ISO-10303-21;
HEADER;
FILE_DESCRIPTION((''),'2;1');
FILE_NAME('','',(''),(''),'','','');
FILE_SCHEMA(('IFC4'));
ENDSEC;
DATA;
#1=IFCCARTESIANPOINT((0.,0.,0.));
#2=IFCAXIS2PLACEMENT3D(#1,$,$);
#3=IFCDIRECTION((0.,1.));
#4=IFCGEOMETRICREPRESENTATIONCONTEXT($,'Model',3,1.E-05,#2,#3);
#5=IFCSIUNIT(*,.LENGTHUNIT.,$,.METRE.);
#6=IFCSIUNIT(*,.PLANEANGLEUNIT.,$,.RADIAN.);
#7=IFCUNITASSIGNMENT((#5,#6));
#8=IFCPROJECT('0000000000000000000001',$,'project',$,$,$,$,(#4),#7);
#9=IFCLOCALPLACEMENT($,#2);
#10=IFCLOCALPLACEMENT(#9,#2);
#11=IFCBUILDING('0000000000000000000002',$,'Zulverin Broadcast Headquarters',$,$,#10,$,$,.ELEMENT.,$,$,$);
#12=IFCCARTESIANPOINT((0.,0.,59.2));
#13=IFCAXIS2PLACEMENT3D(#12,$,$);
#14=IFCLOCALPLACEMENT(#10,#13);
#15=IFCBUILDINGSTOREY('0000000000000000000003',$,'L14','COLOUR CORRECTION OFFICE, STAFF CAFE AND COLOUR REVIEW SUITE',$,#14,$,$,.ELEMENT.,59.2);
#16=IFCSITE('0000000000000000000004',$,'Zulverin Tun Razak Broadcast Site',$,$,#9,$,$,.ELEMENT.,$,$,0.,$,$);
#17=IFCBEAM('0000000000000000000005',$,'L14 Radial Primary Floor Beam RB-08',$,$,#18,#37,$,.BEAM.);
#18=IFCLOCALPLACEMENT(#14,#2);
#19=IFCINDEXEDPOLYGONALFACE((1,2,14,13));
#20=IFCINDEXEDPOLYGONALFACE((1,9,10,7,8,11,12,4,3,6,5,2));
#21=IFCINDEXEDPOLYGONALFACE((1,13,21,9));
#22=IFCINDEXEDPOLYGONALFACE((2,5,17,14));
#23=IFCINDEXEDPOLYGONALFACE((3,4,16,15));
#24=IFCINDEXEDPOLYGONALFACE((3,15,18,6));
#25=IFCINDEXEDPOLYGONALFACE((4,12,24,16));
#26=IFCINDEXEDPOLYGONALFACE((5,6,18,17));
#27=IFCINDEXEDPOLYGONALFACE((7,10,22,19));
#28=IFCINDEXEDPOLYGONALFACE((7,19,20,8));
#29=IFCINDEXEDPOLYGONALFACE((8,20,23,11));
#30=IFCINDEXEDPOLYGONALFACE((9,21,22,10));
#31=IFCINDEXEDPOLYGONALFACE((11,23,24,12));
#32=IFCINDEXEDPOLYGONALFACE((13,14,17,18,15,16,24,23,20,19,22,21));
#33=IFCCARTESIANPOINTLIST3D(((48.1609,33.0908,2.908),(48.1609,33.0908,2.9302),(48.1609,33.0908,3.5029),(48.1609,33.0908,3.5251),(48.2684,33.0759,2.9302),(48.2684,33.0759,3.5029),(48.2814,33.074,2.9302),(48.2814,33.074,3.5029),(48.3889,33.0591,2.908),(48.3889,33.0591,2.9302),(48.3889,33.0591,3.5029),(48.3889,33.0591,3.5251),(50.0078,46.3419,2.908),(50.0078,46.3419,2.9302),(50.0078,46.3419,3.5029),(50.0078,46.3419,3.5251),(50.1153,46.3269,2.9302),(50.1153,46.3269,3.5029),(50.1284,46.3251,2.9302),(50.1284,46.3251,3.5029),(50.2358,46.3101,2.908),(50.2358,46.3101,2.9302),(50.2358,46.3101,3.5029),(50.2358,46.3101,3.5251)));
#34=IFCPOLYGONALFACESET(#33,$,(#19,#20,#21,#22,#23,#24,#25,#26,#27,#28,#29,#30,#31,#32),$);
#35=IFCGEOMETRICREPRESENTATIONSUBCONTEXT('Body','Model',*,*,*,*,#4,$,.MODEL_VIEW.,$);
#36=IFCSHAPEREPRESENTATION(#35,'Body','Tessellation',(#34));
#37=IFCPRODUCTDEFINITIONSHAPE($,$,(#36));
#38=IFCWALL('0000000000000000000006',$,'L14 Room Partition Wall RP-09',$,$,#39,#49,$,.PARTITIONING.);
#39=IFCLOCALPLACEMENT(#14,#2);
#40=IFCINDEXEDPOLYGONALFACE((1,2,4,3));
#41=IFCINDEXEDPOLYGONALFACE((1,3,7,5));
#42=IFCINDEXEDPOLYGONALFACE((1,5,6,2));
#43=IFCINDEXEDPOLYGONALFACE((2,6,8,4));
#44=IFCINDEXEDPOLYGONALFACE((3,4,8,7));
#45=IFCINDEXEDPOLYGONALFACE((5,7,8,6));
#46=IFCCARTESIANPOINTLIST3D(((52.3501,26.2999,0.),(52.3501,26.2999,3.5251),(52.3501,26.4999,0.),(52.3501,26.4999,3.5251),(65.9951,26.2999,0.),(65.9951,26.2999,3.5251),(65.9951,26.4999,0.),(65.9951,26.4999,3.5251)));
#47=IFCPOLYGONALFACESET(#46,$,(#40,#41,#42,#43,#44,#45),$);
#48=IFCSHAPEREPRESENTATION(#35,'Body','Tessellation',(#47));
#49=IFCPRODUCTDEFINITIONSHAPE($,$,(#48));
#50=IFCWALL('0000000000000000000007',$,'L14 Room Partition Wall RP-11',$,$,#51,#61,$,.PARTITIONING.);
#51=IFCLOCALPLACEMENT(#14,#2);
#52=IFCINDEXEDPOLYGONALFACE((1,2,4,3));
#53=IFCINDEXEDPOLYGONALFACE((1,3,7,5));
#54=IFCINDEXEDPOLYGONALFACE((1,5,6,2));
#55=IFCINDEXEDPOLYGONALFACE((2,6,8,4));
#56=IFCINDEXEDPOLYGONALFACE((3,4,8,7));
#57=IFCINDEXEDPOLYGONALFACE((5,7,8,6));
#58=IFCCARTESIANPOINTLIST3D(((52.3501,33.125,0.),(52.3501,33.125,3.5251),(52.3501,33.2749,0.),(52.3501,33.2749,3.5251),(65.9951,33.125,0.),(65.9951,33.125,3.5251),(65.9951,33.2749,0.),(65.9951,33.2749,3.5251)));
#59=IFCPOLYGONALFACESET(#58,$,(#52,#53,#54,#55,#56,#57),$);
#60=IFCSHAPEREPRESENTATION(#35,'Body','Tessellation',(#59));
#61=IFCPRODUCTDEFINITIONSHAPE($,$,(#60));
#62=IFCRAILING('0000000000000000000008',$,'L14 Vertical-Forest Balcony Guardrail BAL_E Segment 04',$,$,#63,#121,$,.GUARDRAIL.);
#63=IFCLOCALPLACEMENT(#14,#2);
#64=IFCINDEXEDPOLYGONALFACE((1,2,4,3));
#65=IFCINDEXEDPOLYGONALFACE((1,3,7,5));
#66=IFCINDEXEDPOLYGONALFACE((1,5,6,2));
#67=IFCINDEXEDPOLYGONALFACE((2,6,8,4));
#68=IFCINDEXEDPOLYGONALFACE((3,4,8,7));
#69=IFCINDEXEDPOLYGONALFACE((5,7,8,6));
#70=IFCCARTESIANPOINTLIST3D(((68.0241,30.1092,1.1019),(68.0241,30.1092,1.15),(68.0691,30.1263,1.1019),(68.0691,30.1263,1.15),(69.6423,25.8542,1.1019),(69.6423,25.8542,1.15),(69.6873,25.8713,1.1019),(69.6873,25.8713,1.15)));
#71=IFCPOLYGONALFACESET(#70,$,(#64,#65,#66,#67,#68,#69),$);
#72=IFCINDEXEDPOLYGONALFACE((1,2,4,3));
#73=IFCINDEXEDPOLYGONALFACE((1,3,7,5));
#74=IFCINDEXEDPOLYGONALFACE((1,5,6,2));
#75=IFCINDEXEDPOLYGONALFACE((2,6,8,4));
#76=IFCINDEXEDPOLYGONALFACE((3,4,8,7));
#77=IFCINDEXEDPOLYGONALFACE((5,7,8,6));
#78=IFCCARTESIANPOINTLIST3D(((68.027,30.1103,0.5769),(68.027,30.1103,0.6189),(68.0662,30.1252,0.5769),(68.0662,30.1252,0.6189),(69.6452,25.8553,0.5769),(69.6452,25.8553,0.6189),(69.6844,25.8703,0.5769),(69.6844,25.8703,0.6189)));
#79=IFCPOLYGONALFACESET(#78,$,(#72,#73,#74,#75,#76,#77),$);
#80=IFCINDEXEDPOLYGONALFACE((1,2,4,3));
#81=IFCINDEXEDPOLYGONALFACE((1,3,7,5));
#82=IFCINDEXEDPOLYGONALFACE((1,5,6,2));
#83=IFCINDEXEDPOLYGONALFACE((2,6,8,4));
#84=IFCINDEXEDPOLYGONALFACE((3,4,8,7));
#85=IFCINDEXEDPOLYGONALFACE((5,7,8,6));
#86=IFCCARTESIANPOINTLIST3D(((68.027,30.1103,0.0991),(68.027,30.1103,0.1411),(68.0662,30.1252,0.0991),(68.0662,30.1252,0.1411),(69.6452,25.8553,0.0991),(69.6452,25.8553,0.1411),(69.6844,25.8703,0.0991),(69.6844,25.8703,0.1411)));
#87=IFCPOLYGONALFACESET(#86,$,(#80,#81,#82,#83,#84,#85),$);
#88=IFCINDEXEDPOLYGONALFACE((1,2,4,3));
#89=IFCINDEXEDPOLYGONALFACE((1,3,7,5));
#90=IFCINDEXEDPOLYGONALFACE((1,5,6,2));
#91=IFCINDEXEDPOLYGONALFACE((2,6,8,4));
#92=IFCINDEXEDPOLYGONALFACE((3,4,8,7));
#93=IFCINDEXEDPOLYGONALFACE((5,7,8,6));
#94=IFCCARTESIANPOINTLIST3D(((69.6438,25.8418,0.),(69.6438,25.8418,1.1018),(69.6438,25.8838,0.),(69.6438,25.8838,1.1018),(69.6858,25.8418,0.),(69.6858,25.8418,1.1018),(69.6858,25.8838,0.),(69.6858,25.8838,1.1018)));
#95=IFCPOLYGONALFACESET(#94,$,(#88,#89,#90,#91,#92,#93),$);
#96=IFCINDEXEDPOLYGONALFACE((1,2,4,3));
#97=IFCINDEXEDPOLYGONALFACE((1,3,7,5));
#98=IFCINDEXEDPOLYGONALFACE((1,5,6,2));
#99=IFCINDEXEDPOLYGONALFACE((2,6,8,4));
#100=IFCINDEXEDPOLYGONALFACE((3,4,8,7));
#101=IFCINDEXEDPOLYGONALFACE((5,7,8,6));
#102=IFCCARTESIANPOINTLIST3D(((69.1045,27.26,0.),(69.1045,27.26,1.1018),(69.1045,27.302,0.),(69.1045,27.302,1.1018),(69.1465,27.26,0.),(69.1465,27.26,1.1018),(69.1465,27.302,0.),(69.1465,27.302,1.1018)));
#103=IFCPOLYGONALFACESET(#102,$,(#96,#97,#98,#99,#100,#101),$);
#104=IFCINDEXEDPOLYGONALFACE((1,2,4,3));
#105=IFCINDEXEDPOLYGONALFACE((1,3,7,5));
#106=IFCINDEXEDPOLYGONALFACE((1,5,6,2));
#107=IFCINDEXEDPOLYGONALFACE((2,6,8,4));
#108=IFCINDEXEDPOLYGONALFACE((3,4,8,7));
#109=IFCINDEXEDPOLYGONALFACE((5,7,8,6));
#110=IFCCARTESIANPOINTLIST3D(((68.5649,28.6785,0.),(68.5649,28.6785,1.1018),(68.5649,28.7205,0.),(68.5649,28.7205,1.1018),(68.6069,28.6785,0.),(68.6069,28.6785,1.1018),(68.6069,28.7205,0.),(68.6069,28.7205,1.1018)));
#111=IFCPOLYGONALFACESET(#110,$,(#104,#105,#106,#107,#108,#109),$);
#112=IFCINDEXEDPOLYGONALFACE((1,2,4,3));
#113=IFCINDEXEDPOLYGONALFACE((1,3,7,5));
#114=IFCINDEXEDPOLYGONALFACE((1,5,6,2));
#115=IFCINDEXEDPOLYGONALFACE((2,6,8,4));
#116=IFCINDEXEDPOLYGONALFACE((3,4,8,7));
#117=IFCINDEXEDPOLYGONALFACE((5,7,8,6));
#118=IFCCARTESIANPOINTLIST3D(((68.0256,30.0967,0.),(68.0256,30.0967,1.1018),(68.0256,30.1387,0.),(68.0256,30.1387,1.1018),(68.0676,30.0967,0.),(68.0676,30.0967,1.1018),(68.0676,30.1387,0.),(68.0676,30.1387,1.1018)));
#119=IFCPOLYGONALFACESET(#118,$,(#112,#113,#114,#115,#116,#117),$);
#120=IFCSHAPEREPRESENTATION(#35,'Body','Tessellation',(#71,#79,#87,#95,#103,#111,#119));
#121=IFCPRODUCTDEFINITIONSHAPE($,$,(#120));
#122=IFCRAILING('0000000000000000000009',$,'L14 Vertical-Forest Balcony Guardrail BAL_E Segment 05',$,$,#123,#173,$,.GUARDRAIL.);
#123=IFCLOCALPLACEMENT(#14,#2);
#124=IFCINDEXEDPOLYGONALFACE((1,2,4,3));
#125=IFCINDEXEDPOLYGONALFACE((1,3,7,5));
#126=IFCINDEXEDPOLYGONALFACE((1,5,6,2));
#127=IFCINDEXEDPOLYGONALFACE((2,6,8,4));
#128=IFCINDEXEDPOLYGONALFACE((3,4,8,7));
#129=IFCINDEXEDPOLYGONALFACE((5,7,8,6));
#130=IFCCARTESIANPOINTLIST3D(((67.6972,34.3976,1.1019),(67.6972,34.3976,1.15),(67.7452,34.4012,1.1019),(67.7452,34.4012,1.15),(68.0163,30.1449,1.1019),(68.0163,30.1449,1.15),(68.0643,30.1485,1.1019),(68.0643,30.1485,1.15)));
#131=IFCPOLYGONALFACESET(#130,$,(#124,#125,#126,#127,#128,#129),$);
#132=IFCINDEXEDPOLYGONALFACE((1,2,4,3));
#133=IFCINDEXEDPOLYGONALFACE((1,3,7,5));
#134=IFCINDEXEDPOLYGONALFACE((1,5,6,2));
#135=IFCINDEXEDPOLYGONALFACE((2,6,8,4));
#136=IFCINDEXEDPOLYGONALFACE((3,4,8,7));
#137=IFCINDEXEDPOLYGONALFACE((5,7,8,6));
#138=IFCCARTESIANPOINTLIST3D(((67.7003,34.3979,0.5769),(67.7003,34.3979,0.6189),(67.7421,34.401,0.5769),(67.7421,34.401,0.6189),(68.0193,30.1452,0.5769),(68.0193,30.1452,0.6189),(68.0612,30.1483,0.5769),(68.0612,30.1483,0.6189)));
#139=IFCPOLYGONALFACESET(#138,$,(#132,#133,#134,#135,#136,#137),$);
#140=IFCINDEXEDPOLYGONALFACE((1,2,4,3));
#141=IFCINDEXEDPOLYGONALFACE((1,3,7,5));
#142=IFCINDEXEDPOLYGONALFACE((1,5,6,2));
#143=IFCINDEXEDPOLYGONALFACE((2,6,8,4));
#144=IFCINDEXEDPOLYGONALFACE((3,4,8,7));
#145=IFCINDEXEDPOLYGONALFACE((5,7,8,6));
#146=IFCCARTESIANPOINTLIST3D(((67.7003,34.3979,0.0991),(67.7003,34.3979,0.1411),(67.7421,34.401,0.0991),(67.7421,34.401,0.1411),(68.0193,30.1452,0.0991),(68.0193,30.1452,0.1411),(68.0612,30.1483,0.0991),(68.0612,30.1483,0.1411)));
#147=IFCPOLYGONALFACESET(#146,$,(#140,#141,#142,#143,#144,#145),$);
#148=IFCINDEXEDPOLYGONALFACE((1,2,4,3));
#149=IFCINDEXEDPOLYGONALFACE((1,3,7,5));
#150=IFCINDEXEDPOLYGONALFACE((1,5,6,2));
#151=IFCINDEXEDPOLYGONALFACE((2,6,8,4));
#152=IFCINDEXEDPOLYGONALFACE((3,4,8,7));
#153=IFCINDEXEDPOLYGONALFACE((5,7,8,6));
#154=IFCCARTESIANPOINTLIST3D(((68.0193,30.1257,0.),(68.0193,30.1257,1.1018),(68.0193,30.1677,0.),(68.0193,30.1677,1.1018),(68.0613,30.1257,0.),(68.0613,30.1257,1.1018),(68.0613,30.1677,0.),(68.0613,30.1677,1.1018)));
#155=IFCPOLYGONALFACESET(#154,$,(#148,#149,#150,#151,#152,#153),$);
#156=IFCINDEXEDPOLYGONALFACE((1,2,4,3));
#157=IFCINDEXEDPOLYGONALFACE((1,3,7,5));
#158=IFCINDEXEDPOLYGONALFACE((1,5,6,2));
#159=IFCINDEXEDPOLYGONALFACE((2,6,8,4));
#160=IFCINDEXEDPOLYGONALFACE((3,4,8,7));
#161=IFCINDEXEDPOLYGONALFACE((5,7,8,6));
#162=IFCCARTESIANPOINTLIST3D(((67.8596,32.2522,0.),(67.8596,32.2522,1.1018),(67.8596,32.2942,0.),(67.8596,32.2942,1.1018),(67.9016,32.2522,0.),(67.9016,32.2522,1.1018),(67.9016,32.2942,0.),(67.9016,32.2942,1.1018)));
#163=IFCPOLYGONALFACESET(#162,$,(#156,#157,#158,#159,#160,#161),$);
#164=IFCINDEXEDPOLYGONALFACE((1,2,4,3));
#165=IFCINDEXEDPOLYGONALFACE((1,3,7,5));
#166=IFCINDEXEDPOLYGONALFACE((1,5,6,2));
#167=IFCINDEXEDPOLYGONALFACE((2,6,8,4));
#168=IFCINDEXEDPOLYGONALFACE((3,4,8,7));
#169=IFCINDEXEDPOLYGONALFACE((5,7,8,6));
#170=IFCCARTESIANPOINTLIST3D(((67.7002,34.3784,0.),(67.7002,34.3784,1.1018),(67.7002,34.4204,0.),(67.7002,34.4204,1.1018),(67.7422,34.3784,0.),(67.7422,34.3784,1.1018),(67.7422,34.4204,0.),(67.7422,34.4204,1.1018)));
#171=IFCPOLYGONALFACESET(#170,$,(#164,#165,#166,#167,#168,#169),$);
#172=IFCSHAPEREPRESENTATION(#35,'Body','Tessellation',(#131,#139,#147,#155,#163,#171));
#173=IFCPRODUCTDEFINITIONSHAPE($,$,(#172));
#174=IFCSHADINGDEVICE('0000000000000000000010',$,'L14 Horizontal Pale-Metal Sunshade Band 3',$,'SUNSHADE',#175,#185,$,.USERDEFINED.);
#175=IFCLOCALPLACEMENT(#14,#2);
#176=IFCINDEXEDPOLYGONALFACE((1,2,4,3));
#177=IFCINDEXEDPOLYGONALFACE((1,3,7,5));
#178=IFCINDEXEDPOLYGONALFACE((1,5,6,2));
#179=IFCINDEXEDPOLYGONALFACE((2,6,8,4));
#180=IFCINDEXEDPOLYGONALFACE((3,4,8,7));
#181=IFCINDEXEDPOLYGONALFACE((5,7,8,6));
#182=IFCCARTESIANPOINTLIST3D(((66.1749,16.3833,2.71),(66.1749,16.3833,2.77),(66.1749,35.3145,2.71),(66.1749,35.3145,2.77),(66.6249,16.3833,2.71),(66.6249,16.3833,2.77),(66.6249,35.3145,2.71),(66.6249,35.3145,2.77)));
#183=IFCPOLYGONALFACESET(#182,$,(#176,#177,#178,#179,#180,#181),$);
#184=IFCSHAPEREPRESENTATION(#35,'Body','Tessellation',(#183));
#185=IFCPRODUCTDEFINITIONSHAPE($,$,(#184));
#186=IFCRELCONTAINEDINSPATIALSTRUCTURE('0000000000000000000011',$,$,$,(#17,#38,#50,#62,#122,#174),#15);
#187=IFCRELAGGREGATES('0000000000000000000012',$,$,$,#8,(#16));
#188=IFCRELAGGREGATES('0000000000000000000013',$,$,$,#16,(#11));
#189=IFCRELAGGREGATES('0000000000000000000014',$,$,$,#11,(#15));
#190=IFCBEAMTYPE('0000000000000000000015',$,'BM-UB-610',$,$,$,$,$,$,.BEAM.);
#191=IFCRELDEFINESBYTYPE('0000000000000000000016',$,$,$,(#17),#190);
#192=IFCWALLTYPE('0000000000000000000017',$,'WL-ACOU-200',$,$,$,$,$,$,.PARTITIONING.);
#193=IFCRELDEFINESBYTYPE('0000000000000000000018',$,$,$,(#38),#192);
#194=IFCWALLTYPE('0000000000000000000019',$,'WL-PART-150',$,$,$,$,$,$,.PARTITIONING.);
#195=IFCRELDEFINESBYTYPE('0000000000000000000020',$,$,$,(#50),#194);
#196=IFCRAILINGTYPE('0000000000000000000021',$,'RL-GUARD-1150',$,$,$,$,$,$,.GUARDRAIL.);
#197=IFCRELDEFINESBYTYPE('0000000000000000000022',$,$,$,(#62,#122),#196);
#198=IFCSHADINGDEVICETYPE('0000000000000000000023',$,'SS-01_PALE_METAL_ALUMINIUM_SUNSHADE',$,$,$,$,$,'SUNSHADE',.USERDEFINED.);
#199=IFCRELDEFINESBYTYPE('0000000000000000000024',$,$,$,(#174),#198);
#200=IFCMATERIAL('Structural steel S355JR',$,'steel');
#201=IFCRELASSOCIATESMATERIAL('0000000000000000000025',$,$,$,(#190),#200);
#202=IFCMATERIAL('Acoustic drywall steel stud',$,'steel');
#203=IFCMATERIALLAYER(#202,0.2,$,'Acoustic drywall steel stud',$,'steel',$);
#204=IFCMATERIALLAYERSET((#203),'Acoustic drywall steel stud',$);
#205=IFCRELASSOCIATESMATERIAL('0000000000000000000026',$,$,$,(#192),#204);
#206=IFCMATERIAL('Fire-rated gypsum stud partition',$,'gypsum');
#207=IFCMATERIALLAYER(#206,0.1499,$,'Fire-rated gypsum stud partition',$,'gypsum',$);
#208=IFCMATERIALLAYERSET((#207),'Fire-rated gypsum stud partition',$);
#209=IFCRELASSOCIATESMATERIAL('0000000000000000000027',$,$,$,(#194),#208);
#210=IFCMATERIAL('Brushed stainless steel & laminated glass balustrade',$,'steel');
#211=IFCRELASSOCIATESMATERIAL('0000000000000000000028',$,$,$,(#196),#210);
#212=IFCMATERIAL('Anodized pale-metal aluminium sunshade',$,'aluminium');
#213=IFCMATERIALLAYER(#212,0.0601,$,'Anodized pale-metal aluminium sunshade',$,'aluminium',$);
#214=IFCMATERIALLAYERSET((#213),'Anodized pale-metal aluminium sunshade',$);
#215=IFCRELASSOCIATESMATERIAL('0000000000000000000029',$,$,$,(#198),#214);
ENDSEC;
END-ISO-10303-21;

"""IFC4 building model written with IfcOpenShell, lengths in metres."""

from ifc_helpers import new_model, si_unit, direction, frame, frame_2d, origin, origin_2d, place, context, subcontext, project, spatial, rectangle, i_section, extrude, material, layer, layer_set, material_profile, profile_set, type_object, element, save


model = new_model("IFC4")

# Units and contexts
model_context = context("Model", 3, precision=1e-05, world=origin(), true_north=direction((0.0, 1.0)))
body_context = subcontext(model_context, "Body", "Model", "MODEL_VIEW")
ifc_project = project(units=[si_unit("LENGTHUNIT", "METRE"), si_unit("PLANEANGLEUNIT", "RADIAN")], contexts=[model_context])

# Site, building, storey
site_placement = place(None, origin())
site = spatial("IfcSite", under=ifc_project, at=site_placement, Name="Zulverin Tun Razak Broadcast Site", CompositionType="ELEMENT", RefElevation=0.0)
building_placement = place(site_placement, origin())
building = spatial("IfcBuilding", under=site, at=building_placement, Name="Zulverin Broadcast Headquarters", CompositionType="ELEMENT")
storey_placement = place(building_placement, frame((0.0, 0.0, 59.2)))
storey = spatial("IfcBuildingStorey", under=building, at=storey_placement, Name="L14", Description="COLOUR CORRECTION OFFICE, STAFF CAFE AND COLOUR REVIEW SUITE", CompositionType="ELEMENT", Elevation=59.2)

# Beam
ifc_material_1 = material(Name="Structural steel S355JR", Category="steel")
ifc_material_profile_1 = material_profile(ifc_material_1, i_section(OverallWidth=0.2302, OverallDepth=0.6172, WebThickness=0.0132, FlangeThickness=0.0222, at=origin_2d()), Name="Structural steel S355JR", Category="steel")
ifc_profile_set_1 = profile_set([ifc_material_profile_1], Name="Structural steel S355JR")
beam_type_1 = type_object("IfcBeamType", Name="BM-UB-610", PredefinedType="BEAM", material=ifc_profile_set_1)
beam_1_placement = place(storey_placement, frame((48.2749, 33.075, 3.2166), z_axis=(0.138046, 0.990426, 0.0), x_axis=(-0.990426, 0.138046, 0.0)))
element("IfcBeam", 1, at=beam_1_placement, inside=storey, type_object=beam_type_1, Name="L14 Radial Primary Floor Beam RB-08", PredefinedType="BEAM", context=body_context, shape_type="SweptSolid", body=[
    extrude(i_section(OverallWidth=0.2302, OverallDepth=0.6172, WebThickness=0.0132, FlangeThickness=0.0222, at=origin_2d()), origin(), (0.0, 0.0, 1.0), 13.3792),
])

# Walls
ifc_material_2 = material(Name="Acoustic drywall steel stud", Category="steel")
ifc_layer_1 = layer(ifc_material_2, 0.2, Name="Acoustic drywall steel stud", Category="steel")
ifc_layer_set_1 = layer_set([ifc_layer_1], Name="Acoustic drywall steel stud")
wall_type_1 = type_object("IfcWallType", Name="WL-ACOU-200", PredefinedType="PARTITIONING", material=ifc_layer_set_1)
wall_1_placement = place(storey_placement, frame((52.3501, 26.3999, 0.0), z_axis=(0.0, 0.0, 1.0), x_axis=(1.0, 0.0, 0.0)))
element("IfcWall", 2, at=wall_1_placement, inside=storey, type_object=wall_type_1, Name="L14 Room Partition Wall RP-09", PredefinedType="PARTITIONING", context=body_context, shape_type="SweptSolid", body=[
    extrude(rectangle(XDim=13.645, YDim=0.2, at=frame_2d((6.8225, 0.0))), origin(), (0.0, 0.0, 1.0), 3.5251),
])
ifc_material_3 = material(Name="Fire-rated gypsum stud partition", Category="gypsum")
ifc_layer_2 = layer(ifc_material_3, 0.1499, Name="Fire-rated gypsum stud partition", Category="gypsum")
ifc_layer_set_2 = layer_set([ifc_layer_2], Name="Fire-rated gypsum stud partition")
wall_type_2 = type_object("IfcWallType", Name="WL-PART-150", PredefinedType="PARTITIONING", material=ifc_layer_set_2)
wall_2_placement = place(storey_placement, frame((52.3501, 33.2, 0.0), z_axis=(0.0, 0.0, 1.0), x_axis=(1.0, 0.0, 0.0)))
element("IfcWall", 3, at=wall_2_placement, inside=storey, type_object=wall_type_2, Name="L14 Room Partition Wall RP-11", PredefinedType="PARTITIONING", context=body_context, shape_type="SweptSolid", body=[
    extrude(rectangle(XDim=13.645, YDim=0.1499, at=frame_2d((6.8225, 0.0))), origin(), (0.0, 0.0, 1.0), 3.5251),
])

# Railings
ifc_material_4 = material(Name="Brushed stainless steel & laminated glass balustrade", Category="steel")
railing_type = type_object("IfcRailingType", Name="RL-GUARD-1150", PredefinedType="GUARDRAIL", material=ifc_material_4)
railing_1_placement = place(storey_placement, frame((69.6648, 25.8628, 0.0)))
element("IfcRailing", 4, at=railing_1_placement, inside=storey, type_object=railing_type, Name="L14 Vertical-Forest Balcony Guardrail BAL_E Segment 04", PredefinedType="GUARDRAIL", context=body_context, shape_type="SweptSolid", body=[
    extrude(rectangle(XDim=0.0481, YDim=0.0481, at=origin_2d()), frame((0.0, 0.0, 1.126), z_axis=(-0.355469, 0.934688, 0.0), x_axis=(-0.934688, -0.355469, 0.0)), (0.0, 0.0, 1.0), 4.5522),
    extrude(rectangle(XDim=0.042, YDim=0.042, at=origin_2d()), frame((0.0, 0.0, 0.5979), z_axis=(-0.355469, 0.934688, 0.0), x_axis=(-0.934688, -0.355469, 0.0)), (0.0, 0.0, 1.0), 4.5522),
    extrude(rectangle(XDim=0.042, YDim=0.042, at=origin_2d()), frame((0.0, 0.0, 0.1201), z_axis=(-0.355469, 0.934688, 0.0), x_axis=(-0.934688, -0.355469, 0.0)), (0.0, 0.0, 1.0), 4.5522),
    extrude(rectangle(XDim=0.042, YDim=0.042, at=origin_2d()), origin(), (0.0, 0.0, 1.0), 1.1018),
    extrude(rectangle(XDim=0.042, YDim=0.042, at=origin_2d()), frame((-0.5393, 1.4182, 0.0)), (0.0, 0.0, 1.0), 1.1018),
    extrude(rectangle(XDim=0.042, YDim=0.042, at=origin_2d()), frame((-1.0789, 2.8367, 0.0)), (0.0, 0.0, 1.0), 1.1018),
    extrude(rectangle(XDim=0.042, YDim=0.042, at=origin_2d()), frame((-1.6182, 4.2549, 0.0)), (0.0, 0.0, 1.0), 1.1018),
])
railing_2_placement = place(storey_placement, frame((68.0403, 30.1467, 0.0)))
element("IfcRailing", 5, at=railing_2_placement, inside=storey, type_object=railing_type, Name="L14 Vertical-Forest Balcony Guardrail BAL_E Segment 05", PredefinedType="GUARDRAIL", context=body_context, shape_type="SweptSolid", body=[
    extrude(rectangle(XDim=0.0481, YDim=0.0481, at=origin_2d()), frame((0.0, 0.0, 1.126), z_axis=(-0.074823, 0.997197, 0.0), x_axis=(-0.997197, -0.074823, 0.0)), (0.0, 0.0, 1.0), 4.2646),
    extrude(rectangle(XDim=0.042, YDim=0.042, at=origin_2d()), frame((0.0, 0.0, 0.5979), z_axis=(-0.074823, 0.997197, 0.0), x_axis=(-0.997197, -0.074823, 0.0)), (0.0, 0.0, 1.0), 4.2646),
    extrude(rectangle(XDim=0.042, YDim=0.042, at=origin_2d()), frame((0.0, 0.0, 0.1201), z_axis=(-0.074823, 0.997197, 0.0), x_axis=(-0.997197, -0.074823, 0.0)), (0.0, 0.0, 1.0), 4.2646),
    extrude(rectangle(XDim=0.042, YDim=0.042, at=origin_2d()), origin(), (0.0, 0.0, 1.0), 1.1018),
    extrude(rectangle(XDim=0.042, YDim=0.042, at=origin_2d()), frame((-0.1597, 2.1265, 0.0)), (0.0, 0.0, 1.0), 1.1018),
    extrude(rectangle(XDim=0.042, YDim=0.042, at=origin_2d()), frame((-0.3191, 4.2527, 0.0)), (0.0, 0.0, 1.0), 1.1018),
])

# Shading device
ifc_material_5 = material(Name="Anodized pale-metal aluminium sunshade", Category="aluminium")
ifc_layer_3 = layer(ifc_material_5, 0.0601, Name="Anodized pale-metal aluminium sunshade", Category="aluminium")
ifc_layer_set_3 = layer_set([ifc_layer_3], Name="Anodized pale-metal aluminium sunshade")
shading_device_type = type_object("IfcShadingDeviceType", Name="SS-01_PALE_METAL_ALUMINIUM_SUNSHADE", ElementType="SUNSHADE", PredefinedType="USERDEFINED", material=ifc_layer_set_3)
shading_device_placement = place(storey_placement, frame((66.3999, 25.8489, 2.71), z_axis=(0.0, 0.0, 1.0), x_axis=(0.0, 1.0, 0.0)))
element("IfcShadingDevice", 6, at=shading_device_placement, inside=storey, type_object=shading_device_type, Name="L14 Horizontal Pale-Metal Sunshade Band 3", ObjectType="SUNSHADE", PredefinedType="USERDEFINED", context=body_context, shape_type="SweptSolid", body=[
    extrude(rectangle(XDim=18.9312, YDim=0.45, at=origin_2d()), origin(), (0.0, 0.0, 1.0), 0.0601),
])

save(model, "model.ifc")
